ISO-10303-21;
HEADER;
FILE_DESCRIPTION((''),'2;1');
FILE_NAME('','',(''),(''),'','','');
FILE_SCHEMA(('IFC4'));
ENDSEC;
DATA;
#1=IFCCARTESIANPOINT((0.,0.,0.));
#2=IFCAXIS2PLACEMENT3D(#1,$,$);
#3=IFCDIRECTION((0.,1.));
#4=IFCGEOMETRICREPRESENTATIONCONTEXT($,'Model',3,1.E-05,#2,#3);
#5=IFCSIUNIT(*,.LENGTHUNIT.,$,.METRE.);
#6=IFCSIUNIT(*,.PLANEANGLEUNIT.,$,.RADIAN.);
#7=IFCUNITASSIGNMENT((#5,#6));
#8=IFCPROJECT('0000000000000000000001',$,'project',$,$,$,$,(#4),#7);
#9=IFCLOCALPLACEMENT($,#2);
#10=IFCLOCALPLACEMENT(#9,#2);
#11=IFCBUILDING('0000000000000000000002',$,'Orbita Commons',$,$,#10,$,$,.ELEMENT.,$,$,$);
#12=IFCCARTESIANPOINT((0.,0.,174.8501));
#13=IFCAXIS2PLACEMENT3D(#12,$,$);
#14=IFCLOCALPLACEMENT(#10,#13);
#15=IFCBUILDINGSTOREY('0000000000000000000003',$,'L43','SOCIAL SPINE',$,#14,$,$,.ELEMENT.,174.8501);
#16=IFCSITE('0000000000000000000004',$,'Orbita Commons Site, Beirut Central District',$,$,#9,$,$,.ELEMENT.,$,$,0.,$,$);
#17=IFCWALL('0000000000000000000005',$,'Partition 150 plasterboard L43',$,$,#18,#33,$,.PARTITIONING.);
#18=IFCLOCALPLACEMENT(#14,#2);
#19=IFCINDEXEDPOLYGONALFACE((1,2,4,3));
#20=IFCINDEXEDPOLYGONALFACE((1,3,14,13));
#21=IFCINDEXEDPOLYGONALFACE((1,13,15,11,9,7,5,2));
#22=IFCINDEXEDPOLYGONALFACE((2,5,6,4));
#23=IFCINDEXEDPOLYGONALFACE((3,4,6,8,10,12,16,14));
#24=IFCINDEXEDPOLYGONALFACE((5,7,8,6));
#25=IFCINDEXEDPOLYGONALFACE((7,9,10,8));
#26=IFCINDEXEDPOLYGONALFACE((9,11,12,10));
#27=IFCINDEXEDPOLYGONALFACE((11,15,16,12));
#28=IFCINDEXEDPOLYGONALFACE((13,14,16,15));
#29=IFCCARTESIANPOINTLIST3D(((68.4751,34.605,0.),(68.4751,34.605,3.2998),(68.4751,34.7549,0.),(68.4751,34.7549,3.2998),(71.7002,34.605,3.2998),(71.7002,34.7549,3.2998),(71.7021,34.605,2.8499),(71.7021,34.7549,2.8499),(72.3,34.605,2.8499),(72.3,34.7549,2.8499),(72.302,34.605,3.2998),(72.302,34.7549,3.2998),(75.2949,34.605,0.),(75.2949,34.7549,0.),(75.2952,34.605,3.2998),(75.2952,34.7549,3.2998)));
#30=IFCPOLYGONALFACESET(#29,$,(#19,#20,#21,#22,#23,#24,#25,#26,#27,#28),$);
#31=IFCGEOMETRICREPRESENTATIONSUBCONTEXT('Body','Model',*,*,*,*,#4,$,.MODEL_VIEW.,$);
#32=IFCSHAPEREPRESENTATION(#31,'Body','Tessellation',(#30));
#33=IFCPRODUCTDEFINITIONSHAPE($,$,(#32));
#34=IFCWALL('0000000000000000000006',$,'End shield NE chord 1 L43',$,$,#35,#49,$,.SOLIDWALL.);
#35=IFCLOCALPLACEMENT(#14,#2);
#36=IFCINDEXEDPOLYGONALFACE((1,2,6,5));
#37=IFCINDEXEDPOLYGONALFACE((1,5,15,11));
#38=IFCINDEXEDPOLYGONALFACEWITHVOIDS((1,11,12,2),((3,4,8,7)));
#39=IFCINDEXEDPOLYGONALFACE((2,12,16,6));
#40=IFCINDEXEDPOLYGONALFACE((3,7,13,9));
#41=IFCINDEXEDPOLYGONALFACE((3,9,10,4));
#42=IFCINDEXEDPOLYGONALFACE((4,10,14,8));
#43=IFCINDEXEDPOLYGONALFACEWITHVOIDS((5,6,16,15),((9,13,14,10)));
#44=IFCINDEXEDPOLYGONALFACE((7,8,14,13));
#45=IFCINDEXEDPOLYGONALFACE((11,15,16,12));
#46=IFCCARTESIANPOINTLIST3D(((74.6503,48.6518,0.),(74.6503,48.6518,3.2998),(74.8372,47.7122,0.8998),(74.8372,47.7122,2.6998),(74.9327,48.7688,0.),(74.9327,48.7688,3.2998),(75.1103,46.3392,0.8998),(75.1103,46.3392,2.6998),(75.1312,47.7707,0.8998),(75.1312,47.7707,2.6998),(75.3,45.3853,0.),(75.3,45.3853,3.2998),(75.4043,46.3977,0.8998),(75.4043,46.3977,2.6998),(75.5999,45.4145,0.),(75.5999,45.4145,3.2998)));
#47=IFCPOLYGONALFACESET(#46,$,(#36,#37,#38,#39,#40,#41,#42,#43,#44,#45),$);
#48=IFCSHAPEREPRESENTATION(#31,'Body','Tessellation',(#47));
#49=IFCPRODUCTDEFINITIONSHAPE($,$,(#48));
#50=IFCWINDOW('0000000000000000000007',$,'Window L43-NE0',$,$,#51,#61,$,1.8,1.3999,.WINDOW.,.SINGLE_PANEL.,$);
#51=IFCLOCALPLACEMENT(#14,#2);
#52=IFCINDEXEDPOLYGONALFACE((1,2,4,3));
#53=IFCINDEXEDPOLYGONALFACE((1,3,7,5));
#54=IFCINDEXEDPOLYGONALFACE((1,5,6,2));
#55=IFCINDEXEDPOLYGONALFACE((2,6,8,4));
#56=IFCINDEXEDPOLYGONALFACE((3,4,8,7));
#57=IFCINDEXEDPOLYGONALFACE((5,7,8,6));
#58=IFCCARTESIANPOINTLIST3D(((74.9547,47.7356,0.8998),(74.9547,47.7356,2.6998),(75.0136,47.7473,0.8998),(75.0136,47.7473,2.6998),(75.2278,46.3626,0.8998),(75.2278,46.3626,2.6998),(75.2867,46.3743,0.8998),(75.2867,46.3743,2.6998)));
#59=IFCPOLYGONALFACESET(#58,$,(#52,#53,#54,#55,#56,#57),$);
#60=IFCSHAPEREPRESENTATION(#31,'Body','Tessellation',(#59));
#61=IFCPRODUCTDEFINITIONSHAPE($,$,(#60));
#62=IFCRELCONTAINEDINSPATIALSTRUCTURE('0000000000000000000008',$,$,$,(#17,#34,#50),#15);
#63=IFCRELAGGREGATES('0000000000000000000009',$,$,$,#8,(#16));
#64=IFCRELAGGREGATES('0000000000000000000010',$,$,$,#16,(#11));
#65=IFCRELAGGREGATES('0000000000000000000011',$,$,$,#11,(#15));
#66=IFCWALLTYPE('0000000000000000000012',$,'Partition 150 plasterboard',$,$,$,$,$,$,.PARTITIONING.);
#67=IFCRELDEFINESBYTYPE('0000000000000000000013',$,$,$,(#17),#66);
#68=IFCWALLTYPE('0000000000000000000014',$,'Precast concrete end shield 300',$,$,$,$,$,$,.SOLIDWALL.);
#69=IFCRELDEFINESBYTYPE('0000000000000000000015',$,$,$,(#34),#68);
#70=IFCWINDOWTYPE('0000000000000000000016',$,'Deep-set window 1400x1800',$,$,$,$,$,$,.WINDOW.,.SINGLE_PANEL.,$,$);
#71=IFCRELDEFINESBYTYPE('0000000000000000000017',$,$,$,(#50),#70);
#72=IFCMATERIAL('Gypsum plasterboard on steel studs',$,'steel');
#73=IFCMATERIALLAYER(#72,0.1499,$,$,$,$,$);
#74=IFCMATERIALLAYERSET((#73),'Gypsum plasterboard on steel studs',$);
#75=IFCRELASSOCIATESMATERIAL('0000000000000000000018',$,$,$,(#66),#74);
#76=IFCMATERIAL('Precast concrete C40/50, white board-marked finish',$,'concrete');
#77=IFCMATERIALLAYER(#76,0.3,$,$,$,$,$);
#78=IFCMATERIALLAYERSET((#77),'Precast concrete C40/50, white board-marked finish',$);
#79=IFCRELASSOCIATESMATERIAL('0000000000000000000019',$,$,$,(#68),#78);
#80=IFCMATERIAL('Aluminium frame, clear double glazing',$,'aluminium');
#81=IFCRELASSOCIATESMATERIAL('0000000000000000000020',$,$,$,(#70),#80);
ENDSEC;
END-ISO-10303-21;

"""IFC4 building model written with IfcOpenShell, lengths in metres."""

from ifc_helpers import new_model, si_unit, direction, frame, frame_2d, origin, place, context, subcontext, project, spatial, polyline, rectangle, outline, extrude, material, layer, layer_set, type_object, element, fill, save


model = new_model("IFC4")

# Units and contexts
model_context = context("Model", 3, precision=1e-05, world=origin(), true_north=direction((0.0, 1.0)))
body_context = subcontext(model_context, "Body", "Model", "MODEL_VIEW")
ifc_project = project(units=[si_unit("LENGTHUNIT", "METRE"), si_unit("PLANEANGLEUNIT", "RADIAN")], contexts=[model_context])

# Site, building, storey
site_placement = place(None, origin())
site = spatial("IfcSite", under=ifc_project, at=site_placement, Name="Orbita Commons Site, Beirut Central District", CompositionType="ELEMENT", RefElevation=0.0)
building_placement = place(site_placement, origin())
building = spatial("IfcBuilding", under=site, at=building_placement, Name="Orbita Commons", CompositionType="ELEMENT")
storey_placement = place(building_placement, frame((0.0, 0.0, 174.8501)))
storey = spatial("IfcBuildingStorey", under=building, at=storey_placement, Name="L43", Description="SOCIAL SPINE", CompositionType="ELEMENT", Elevation=174.8501)

# Shared definitions
ifc_material_1 = material(Name="Gypsum plasterboard on steel studs", Category="steel")
ifc_layer_1 = layer(ifc_material_1, 0.1499)
ifc_layer_set_1 = layer_set([ifc_layer_1], Name="Gypsum plasterboard on steel studs")
wall_type_1 = type_object("IfcWallType", Name="Partition 150 plasterboard", PredefinedType="PARTITIONING", material=ifc_layer_set_1)

# Wall
for number, where, z_axis, x_axis, name in (
    (1, (68.4751, 34.6799, 0.0), (0.0, 0.0, 1.0), (1.0, 0.0, 0.0), "Partition 150 plasterboard L43"),
):
    element("IfcWall", number, at=place(storey_placement, frame(where, z_axis=z_axis, x_axis=x_axis)), inside=storey, type_object=wall_type_1, Name=name, PredefinedType="PARTITIONING", context=body_context, shape_type="SweptSolid", body=[
        extrude(outline(polyline([(0.0, 0.0), (6.8198, 0.0), (6.8201, 3.2998), (3.8269, 3.2998), (3.825, 2.8499), (3.2271, 2.8499), (3.2251, 3.2998), (0.0, 3.2998), (0.0, 0.0)])), frame((0.0, 0.075, 0.0), z_axis=(0.0, -1.0, 0.0), x_axis=(1.0, 0.0, 0.0)), (0.0, 0.0, 1.0), 0.1499),
    ])

# Wall, opening, window
ifc_material_2 = material(Name="Precast concrete C40/50, white board-marked finish", Category="concrete")
ifc_layer_2 = layer(ifc_material_2, 0.3)
ifc_layer_set_2 = layer_set([ifc_layer_2], Name="Precast concrete C40/50, white board-marked finish")
wall_type_2 = type_object("IfcWallType", Name="Precast concrete end shield 300", PredefinedType="SOLIDWALL", material=ifc_layer_set_2)
wall_1_placement = place(storey_placement, frame((75.45, 45.3999, 0.0), z_axis=(0.0, 0.0, 1.0), x_axis=(-0.195087, 0.980786, 0.0)))
wall_1 = element("IfcWall", 2, at=wall_1_placement, inside=storey, type_object=wall_type_2, Name="End shield NE chord 1 L43", PredefinedType="SOLIDWALL", context=body_context, shape_type="SweptSolid", body=[
    extrude(outline(polyline([(-0.0149, -0.1499), (3.405, -0.1499), (3.3455, 0.1499), (0.0149, 0.1499), (-0.0149, -0.1499)])), origin(), (0.0, 0.0, 1.0), 3.2998),
])
opening_1_placement = place(wall_1_placement, frame((0.9875, 0.0, 0.8999)))
opening_1 = element("IfcOpeningElement", 3, at=opening_1_placement, cuts=wall_1, PredefinedType="OPENING", context=body_context, shape_type="SweptSolid", body=[
    extrude(rectangle(XDim=1.3999, YDim=1.8, at=frame_2d((0.7, 0.8999))), frame((0.0, 0.1599, 0.0), z_axis=(0.0, -1.0, 0.0), x_axis=(1.0, 0.0, 0.0)), (0.0, 0.0, 1.0), 0.3201),
])
ifc_material_3 = material(Name="Aluminium frame, clear double glazing", Category="aluminium")
window_type = type_object("IfcWindowType", Name="Deep-set window 1400x1800", PartitioningType="SINGLE_PANEL", PredefinedType="WINDOW", material=ifc_material_3)
window_placement = place(opening_1_placement, origin())
window = element("IfcWindow", 4, at=window_placement, inside=storey, type_object=window_type, Name="Window L43-NE0", OverallHeight=1.8, OverallWidth=1.3999, PartitioningType="SINGLE_PANEL", PredefinedType="WINDOW", context=body_context, shape_type="SweptSolid", body=[
    extrude(rectangle(XDim=1.3999, YDim=1.8, at=frame_2d((0.7, 0.8999))), frame((0.0, 0.03, 0.0), z_axis=(0.0, -1.0, 0.0), x_axis=(1.0, 0.0, 0.0)), (0.0, 0.0, 1.0), 0.0601),
])
fill(opening_1, window)

save(model, "model.ifc")
